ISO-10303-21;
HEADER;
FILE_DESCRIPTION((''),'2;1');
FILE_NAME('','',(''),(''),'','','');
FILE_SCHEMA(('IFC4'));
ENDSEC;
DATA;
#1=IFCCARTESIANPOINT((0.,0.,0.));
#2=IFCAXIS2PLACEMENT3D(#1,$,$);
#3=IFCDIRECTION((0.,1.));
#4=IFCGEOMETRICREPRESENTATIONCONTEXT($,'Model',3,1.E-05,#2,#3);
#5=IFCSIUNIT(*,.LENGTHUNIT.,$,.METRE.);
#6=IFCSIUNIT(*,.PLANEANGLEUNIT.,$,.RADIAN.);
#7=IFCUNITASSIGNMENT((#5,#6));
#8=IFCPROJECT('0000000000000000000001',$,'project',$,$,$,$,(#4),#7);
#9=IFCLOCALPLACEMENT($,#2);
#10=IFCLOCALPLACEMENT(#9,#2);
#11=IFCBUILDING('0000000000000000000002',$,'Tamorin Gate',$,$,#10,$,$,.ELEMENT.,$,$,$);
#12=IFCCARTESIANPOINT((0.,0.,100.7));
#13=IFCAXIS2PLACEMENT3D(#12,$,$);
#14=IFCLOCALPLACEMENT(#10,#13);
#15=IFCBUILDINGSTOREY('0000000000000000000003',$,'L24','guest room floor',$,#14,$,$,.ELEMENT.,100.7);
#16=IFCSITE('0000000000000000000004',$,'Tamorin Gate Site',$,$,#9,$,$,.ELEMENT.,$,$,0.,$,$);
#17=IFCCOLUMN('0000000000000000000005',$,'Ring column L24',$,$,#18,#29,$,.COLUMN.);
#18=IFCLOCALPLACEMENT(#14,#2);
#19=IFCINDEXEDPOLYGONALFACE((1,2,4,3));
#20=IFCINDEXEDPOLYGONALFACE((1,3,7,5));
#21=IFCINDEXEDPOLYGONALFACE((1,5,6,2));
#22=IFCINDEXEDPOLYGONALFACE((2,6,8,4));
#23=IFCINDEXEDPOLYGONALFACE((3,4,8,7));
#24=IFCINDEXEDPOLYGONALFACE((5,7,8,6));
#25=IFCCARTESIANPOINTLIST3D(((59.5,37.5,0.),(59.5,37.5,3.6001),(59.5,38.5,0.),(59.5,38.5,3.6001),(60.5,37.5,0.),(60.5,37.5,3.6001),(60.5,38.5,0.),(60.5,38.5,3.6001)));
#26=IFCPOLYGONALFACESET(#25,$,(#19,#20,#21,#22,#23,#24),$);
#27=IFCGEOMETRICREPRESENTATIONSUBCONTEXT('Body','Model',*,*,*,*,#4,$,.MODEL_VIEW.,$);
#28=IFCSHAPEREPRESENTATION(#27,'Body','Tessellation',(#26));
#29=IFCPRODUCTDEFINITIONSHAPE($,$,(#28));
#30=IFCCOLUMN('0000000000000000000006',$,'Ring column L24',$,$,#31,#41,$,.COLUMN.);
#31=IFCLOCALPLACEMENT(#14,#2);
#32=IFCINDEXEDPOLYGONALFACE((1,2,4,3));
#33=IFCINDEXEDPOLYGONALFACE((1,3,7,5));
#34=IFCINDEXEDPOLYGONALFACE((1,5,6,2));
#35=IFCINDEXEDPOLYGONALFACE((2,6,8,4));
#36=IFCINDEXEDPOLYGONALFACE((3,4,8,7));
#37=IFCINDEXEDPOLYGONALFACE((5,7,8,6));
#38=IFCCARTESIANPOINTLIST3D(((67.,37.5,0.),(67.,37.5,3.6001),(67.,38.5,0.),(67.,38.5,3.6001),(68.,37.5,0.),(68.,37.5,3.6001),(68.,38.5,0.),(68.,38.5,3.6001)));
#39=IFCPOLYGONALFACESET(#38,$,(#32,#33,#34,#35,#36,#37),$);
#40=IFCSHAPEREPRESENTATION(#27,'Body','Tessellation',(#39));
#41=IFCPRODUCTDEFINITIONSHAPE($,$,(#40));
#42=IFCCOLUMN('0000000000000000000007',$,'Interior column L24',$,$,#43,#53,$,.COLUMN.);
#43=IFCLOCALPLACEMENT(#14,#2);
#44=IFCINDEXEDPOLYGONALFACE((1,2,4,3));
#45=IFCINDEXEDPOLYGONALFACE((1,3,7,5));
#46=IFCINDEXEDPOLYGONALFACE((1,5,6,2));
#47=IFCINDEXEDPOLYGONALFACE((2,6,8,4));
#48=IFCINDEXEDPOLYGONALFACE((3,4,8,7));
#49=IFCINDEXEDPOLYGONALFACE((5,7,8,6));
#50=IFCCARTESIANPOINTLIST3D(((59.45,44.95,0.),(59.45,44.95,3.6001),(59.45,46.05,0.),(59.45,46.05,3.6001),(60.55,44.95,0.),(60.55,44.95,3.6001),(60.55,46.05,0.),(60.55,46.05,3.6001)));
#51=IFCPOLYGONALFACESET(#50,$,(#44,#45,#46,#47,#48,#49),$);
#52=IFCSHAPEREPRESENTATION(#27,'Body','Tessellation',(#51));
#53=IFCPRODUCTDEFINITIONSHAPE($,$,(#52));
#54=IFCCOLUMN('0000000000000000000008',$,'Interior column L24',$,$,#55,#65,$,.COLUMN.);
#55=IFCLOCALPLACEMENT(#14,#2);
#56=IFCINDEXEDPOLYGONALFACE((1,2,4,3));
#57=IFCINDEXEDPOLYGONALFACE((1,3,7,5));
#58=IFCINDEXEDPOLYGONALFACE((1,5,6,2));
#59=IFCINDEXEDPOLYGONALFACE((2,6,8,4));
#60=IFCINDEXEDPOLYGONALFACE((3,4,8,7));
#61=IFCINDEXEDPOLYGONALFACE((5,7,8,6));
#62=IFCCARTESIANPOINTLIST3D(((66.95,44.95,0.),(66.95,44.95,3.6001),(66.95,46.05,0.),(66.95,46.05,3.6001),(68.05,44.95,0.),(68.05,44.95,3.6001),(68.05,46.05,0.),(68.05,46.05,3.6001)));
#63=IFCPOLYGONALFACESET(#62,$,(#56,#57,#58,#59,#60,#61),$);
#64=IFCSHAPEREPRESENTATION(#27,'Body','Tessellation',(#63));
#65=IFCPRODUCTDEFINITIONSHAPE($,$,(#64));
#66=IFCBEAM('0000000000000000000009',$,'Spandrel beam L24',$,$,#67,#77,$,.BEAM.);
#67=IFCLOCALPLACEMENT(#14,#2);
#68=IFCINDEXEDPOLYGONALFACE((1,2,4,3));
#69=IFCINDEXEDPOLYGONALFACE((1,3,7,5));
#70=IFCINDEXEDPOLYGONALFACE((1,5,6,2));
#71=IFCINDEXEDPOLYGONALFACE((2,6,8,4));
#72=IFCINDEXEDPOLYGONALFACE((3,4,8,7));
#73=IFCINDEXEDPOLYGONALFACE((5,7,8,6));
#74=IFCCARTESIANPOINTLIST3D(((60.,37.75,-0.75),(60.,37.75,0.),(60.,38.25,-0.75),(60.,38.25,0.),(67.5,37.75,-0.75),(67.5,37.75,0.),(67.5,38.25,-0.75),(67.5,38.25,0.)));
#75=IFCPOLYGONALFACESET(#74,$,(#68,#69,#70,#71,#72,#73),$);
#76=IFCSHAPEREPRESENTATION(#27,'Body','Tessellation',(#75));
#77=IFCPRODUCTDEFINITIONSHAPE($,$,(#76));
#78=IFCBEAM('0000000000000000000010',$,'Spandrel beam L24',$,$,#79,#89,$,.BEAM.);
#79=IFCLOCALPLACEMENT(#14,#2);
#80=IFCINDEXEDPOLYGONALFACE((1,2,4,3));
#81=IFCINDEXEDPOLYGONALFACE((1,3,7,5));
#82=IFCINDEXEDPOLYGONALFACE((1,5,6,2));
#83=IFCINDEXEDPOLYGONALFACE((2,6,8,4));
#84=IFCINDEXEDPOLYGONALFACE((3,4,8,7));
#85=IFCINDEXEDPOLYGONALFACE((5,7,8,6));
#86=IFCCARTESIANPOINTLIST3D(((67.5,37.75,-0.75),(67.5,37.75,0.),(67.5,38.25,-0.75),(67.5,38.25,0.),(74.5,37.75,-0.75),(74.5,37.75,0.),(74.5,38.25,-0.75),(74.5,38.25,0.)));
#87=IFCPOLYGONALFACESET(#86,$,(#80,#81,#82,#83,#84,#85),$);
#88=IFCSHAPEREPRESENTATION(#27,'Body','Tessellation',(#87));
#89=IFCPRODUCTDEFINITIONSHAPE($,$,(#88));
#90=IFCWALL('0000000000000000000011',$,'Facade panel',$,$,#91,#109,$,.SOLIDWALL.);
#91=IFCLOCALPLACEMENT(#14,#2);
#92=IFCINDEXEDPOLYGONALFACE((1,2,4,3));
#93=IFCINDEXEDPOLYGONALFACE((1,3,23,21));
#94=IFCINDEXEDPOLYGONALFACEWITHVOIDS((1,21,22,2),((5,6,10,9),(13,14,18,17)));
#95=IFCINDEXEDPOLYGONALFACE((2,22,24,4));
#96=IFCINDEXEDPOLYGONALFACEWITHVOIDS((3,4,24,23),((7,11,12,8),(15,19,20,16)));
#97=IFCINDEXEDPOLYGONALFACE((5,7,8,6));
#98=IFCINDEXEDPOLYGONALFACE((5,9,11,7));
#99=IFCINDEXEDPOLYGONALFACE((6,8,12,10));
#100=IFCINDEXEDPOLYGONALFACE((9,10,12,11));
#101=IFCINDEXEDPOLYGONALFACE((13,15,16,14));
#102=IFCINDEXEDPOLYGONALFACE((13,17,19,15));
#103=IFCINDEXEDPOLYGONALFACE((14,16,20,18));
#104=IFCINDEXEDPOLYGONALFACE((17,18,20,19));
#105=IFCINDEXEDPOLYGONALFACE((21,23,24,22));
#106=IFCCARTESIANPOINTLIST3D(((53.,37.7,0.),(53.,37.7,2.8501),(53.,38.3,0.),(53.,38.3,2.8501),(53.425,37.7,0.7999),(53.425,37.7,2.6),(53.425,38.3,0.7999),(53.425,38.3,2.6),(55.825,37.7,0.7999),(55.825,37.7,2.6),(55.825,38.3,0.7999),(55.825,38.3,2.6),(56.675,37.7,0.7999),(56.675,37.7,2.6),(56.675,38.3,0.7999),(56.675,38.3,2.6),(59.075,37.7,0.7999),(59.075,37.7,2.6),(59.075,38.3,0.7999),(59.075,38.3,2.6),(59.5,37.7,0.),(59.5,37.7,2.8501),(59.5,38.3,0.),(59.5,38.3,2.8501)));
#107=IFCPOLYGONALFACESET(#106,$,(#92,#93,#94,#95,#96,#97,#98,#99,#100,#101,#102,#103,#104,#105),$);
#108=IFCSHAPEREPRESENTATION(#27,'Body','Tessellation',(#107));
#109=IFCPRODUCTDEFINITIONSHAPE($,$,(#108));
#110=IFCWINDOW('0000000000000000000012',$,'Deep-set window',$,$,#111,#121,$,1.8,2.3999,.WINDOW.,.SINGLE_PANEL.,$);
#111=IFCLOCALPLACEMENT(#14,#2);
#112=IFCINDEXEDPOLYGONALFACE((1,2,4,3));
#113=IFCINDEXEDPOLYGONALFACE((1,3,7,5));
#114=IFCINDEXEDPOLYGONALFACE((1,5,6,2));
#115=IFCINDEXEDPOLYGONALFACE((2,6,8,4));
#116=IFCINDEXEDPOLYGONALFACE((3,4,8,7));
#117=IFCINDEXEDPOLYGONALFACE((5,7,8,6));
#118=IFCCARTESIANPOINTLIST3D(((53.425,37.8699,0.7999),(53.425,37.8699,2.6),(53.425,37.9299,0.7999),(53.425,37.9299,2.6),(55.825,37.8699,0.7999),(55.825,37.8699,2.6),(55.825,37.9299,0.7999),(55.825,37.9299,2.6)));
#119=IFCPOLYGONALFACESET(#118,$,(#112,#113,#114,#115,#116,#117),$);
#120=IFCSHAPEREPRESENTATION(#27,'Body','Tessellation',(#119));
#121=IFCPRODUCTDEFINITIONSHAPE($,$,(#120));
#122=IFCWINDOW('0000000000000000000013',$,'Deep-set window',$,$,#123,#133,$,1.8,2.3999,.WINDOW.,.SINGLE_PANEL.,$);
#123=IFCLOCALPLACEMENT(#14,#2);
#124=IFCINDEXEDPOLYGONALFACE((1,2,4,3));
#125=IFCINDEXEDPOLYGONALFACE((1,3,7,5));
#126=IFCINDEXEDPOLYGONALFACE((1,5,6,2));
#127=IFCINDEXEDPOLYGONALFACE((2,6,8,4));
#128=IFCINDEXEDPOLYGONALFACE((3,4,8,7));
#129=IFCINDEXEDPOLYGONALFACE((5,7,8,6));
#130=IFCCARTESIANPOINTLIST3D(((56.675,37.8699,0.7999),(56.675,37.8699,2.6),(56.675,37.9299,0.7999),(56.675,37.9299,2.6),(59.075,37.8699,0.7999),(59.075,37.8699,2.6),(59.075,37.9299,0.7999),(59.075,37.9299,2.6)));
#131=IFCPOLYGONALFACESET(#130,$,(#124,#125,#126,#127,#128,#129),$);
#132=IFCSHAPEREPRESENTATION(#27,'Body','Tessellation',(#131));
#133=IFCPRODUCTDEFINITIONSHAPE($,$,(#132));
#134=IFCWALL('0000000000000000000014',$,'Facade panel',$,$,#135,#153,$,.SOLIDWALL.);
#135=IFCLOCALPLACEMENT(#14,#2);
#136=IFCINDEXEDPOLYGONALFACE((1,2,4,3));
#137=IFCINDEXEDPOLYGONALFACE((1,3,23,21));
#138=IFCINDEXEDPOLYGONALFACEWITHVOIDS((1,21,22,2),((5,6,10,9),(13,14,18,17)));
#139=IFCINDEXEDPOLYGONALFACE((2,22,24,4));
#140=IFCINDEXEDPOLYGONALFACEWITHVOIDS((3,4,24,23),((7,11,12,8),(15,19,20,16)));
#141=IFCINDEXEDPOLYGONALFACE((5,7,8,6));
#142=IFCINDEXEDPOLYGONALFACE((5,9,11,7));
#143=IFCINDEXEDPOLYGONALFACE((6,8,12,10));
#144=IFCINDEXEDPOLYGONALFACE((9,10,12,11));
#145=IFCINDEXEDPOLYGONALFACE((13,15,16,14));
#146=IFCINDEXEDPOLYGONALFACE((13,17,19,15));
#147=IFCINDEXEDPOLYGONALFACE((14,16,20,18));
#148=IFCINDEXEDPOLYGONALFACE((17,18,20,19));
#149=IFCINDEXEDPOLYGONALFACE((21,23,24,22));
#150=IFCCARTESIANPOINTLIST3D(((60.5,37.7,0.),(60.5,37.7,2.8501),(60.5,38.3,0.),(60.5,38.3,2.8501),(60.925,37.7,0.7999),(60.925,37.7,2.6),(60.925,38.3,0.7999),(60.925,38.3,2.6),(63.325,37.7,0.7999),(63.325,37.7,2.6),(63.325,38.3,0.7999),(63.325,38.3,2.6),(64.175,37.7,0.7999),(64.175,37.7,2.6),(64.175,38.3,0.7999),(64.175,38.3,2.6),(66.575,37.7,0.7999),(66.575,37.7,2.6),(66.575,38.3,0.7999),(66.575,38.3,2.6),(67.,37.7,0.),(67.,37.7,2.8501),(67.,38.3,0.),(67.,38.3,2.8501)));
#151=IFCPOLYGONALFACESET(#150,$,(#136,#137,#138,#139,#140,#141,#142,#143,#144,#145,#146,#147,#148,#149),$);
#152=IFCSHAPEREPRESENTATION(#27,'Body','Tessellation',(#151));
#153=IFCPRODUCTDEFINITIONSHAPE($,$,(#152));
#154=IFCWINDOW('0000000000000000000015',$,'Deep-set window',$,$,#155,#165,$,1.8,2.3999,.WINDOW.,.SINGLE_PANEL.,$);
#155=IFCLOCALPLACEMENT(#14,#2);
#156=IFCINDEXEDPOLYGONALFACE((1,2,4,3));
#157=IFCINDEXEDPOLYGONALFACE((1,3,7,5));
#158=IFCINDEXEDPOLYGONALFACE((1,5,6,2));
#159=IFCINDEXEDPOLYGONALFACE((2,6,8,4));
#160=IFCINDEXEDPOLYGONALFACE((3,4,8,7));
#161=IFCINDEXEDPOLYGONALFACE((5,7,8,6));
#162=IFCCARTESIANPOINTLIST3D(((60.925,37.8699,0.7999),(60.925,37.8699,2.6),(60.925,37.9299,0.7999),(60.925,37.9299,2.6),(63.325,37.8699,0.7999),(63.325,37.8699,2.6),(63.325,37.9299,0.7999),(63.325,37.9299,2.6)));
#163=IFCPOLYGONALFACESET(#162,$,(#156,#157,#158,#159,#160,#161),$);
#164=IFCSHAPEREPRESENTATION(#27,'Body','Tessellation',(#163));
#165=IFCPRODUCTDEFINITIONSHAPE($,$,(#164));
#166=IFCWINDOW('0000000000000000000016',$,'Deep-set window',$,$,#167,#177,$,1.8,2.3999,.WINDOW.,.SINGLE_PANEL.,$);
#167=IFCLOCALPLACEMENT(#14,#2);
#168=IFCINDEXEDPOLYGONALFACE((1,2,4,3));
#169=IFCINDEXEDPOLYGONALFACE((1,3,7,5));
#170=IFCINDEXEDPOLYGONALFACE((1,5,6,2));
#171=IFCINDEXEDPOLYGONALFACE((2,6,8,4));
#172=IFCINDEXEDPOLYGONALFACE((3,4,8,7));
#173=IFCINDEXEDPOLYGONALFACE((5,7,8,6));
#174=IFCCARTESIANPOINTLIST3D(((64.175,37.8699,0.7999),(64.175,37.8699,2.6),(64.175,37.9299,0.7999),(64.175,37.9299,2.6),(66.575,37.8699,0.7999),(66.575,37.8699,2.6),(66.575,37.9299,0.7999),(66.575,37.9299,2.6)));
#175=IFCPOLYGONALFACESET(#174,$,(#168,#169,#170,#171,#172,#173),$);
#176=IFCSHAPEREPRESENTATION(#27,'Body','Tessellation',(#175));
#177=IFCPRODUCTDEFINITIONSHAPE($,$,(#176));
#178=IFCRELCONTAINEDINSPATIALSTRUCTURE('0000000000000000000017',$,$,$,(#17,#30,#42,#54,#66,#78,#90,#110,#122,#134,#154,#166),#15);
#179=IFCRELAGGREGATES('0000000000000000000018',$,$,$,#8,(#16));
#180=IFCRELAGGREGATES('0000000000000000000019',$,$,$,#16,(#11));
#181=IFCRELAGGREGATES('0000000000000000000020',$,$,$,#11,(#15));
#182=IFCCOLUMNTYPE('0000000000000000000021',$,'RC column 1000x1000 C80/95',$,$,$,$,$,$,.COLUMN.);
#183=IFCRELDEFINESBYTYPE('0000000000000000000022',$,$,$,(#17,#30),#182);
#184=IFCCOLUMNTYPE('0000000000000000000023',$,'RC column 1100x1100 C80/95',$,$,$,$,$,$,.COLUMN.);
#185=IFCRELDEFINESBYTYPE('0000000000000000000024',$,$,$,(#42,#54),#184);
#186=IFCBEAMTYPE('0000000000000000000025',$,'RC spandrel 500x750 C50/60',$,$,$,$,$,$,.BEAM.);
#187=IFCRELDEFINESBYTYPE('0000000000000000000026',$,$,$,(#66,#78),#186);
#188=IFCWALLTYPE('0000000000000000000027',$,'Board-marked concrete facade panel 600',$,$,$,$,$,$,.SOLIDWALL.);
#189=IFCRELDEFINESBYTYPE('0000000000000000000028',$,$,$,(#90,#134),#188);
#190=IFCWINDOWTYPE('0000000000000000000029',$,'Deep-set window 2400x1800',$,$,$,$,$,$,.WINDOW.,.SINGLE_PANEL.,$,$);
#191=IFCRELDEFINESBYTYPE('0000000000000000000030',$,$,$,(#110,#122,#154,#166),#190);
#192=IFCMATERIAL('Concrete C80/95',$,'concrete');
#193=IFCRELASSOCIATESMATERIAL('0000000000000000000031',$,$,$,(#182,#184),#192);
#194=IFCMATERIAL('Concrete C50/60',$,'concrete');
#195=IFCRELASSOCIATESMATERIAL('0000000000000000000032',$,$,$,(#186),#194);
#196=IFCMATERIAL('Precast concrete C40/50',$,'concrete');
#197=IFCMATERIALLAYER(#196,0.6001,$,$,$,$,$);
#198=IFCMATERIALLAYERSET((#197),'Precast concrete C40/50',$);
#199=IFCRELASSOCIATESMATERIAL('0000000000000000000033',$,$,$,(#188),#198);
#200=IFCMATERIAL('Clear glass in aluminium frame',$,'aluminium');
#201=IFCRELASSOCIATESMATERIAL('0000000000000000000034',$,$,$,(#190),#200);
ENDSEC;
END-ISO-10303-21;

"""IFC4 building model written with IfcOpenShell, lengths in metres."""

from ifc_helpers import new_model, si_unit, direction, frame, frame_2d, origin, origin_2d, place, context, subcontext, project, spatial, rectangle, extrude, material, layer, layer_set, material_profile, profile_set, type_object, element, fill, save


model = new_model("IFC4")

# Units and contexts
model_context = context("Model", 3, precision=1e-05, world=origin(), true_north=direction((0.0, 1.0)))
body_context = subcontext(model_context, "Body", "Model", "MODEL_VIEW")
ifc_project = project(units=[si_unit("LENGTHUNIT", "METRE"), si_unit("PLANEANGLEUNIT", "RADIAN")], contexts=[model_context])

# Site, building, storey
site_placement = place(None, origin())
site = spatial("IfcSite", under=ifc_project, at=site_placement, Name="Tamorin Gate Site", CompositionType="ELEMENT", RefElevation=0.0)
building_placement = place(site_placement, origin())
building = spatial("IfcBuilding", under=site, at=building_placement, Name="Tamorin Gate", CompositionType="ELEMENT")
storey_placement = place(building_placement, frame((0.0, 0.0, 100.7)))
storey = spatial("IfcBuildingStorey", under=building, at=storey_placement, Name="L24", Description="guest room floor", CompositionType="ELEMENT", Elevation=100.7)

# Columns
ifc_material_1 = material(Name="Concrete C80/95", Category="concrete")
ifc_material_profile_1 = material_profile(ifc_material_1, rectangle(XDim=1.0, YDim=1.0, at=origin_2d()), Name="RC 1000x1000")
ifc_profile_set_1 = profile_set([ifc_material_profile_1], Name="Concrete C80/95")
column_type_1 = type_object("IfcColumnType", Name="RC column 1000x1000 C80/95", PredefinedType="COLUMN", material=ifc_profile_set_1)
for number, where, z_axis, x_axis, name in (
    (1, (60.0, 38.0, 0.0), (0.0, 0.0, 1.0), (1.0, 0.0, 0.0), "Ring column L24"),
    (2, (67.5, 38.0, 0.0), (0.0, 0.0, 1.0), (1.0, 0.0, 0.0), "Ring column L24"),
):
    element("IfcColumn", number, at=place(storey_placement, frame(where, z_axis=z_axis, x_axis=x_axis)), inside=storey, type_object=column_type_1, Name=name, PredefinedType="COLUMN", context=body_context, shape_type="SweptSolid", body=[
        extrude(rectangle(XDim=1.0, YDim=1.0, at=origin_2d()), origin(), (0.0, 0.0, 1.0), 3.6001),
    ])
ifc_material_profile_2 = material_profile(ifc_material_1, rectangle(XDim=1.1001, YDim=1.1001, at=origin_2d()), Name="RC 1100x1100")
ifc_profile_set_2 = profile_set([ifc_material_profile_2], Name="Concrete C80/95")
column_type_2 = type_object("IfcColumnType", Name="RC column 1100x1100 C80/95", PredefinedType="COLUMN", material=ifc_profile_set_2)
for number, where, z_axis, x_axis, name in (
    (3, (60.0, 45.5, 0.0), (0.0, 0.0, 1.0), (1.0, 0.0, 0.0), "Interior column L24"),
    (4, (67.5, 45.5, 0.0), (0.0, 0.0, 1.0), (1.0, 0.0, 0.0), "Interior column L24"),
):
    element("IfcColumn", number, at=place(storey_placement, frame(where, z_axis=z_axis, x_axis=x_axis)), inside=storey, type_object=column_type_2, Name=name, PredefinedType="COLUMN", context=body_context, shape_type="SweptSolid", body=[
        extrude(rectangle(XDim=1.1001, YDim=1.1001, at=origin_2d()), origin(), (0.0, 0.0, 1.0), 3.6001),
    ])

# Beams
ifc_material_2 = material(Name="Concrete C50/60", Category="concrete")
ifc_material_profile_3 = material_profile(ifc_material_2, rectangle(XDim=0.5, YDim=0.75, at=origin_2d()), Name="RC 500x750")
ifc_profile_set_3 = profile_set([ifc_material_profile_3], Name="Concrete C50/60")
beam_type = type_object("IfcBeamType", Name="RC spandrel 500x750 C50/60", PredefinedType="BEAM", material=ifc_profile_set_3)
beam_1_placement = place(storey_placement, frame((60.0, 38.0, -0.375), z_axis=(1.0, 0.0, 0.0), x_axis=(0.0, 1.0, 0.0)))
element("IfcBeam", 5, at=beam_1_placement, inside=storey, type_object=beam_type, Name="Spandrel beam L24", PredefinedType="BEAM", context=body_context, shape_type="SweptSolid", body=[
    extrude(rectangle(XDim=0.5, YDim=0.75, at=origin_2d()), origin(), (0.0, 0.0, 1.0), 7.5),
])
beam_2_placement = place(storey_placement, frame((67.5, 38.0, -0.375), z_axis=(1.0, 0.0, 0.0), x_axis=(0.0, 1.0, 0.0)))
element("IfcBeam", 6, at=beam_2_placement, inside=storey, type_object=beam_type, Name="Spandrel beam L24", PredefinedType="BEAM", context=body_context, shape_type="SweptSolid", body=[
    extrude(rectangle(XDim=0.5, YDim=0.75, at=origin_2d()), origin(), (0.0, 0.0, 1.0), 7.0),
])

# Walls, openings, windows
ifc_material_3 = material(Name="Precast concrete C40/50", Category="concrete")
ifc_layer_1 = layer(ifc_material_3, 0.6001)
ifc_layer_set_1 = layer_set([ifc_layer_1], Name="Precast concrete C40/50")
wall_type_1 = type_object("IfcWallType", Name="Board-marked concrete facade panel 600", PredefinedType="SOLIDWALL", material=ifc_layer_set_1)
wall_1_placement = place(storey_placement, frame((53.0, 38.0, 0.0), z_axis=(0.0, 0.0, 1.0), x_axis=(1.0, 0.0, 0.0)))
wall_1 = element("IfcWall", 7, at=wall_1_placement, inside=storey, type_object=wall_type_1, Name="Facade panel", PredefinedType="SOLIDWALL", context=body_context, shape_type="SweptSolid", body=[
    extrude(rectangle(XDim=6.5, YDim=0.6001, at=frame_2d((3.25, 0.0))), origin(), (0.0, 0.0, 1.0), 2.8501),
])
opening_1_placement = place(wall_1_placement, frame((0.425, 0.0, 0.8)))
opening_1 = element("IfcOpeningElement", 8, at=opening_1_placement, cuts=wall_1, PredefinedType="OPENING", context=body_context, shape_type="SweptSolid", body=[
    extrude(rectangle(XDim=2.3999, YDim=1.8, at=frame_2d((1.2, 0.8999))), frame((0.0, 0.3101, 0.0), z_axis=(0.0, -1.0, 0.0), x_axis=(1.0, 0.0, 0.0)), (0.0, 0.0, 1.0), 0.6201),
])
opening_2_placement = place(wall_1_placement, frame((3.675, 0.0, 0.8)))
opening_2 = element("IfcOpeningElement", 9, at=opening_2_placement, cuts=wall_1, PredefinedType="OPENING", context=body_context, shape_type="SweptSolid", body=[
    extrude(rectangle(XDim=2.3999, YDim=1.8, at=frame_2d((1.2, 0.8999))), frame((0.0, 0.3101, 0.0), z_axis=(0.0, -1.0, 0.0), x_axis=(1.0, 0.0, 0.0)), (0.0, 0.0, 1.0), 0.6201),
])
ifc_material_4 = material(Name="Clear glass in aluminium frame", Category="aluminium")
window_type = type_object("IfcWindowType", Name="Deep-set window 2400x1800", PartitioningType="SINGLE_PANEL", PredefinedType="WINDOW", material=ifc_material_4)
window_1_placement = place(opening_1_placement, origin())
window_1 = element("IfcWindow", 10, at=window_1_placement, inside=storey, type_object=window_type, Name="Deep-set window", OverallHeight=1.8, OverallWidth=2.3999, PartitioningType="SINGLE_PANEL", PredefinedType="WINDOW", context=body_context, shape_type="SweptSolid", body=[
    extrude(rectangle(XDim=2.3999, YDim=1.8, at=frame_2d((1.2, 0.8999))), frame((0.0, -0.0701, 0.0), z_axis=(0.0, -1.0, 0.0), x_axis=(1.0, 0.0, 0.0)), (0.0, 0.0, 1.0), 0.0601),
])
fill(opening_1, window_1)
window_2_placement = place(opening_2_placement, origin())
window_2 = element("IfcWindow", 11, at=window_2_placement, inside=storey, type_object=window_type, Name="Deep-set window", OverallHeight=1.8, OverallWidth=2.3999, PartitioningType="SINGLE_PANEL", PredefinedType="WINDOW", context=body_context, shape_type="SweptSolid", body=[
    extrude(rectangle(XDim=2.3999, YDim=1.8, at=frame_2d((1.2, 0.8999))), frame((0.0, -0.0701, 0.0), z_axis=(0.0, -1.0, 0.0), x_axis=(1.0, 0.0, 0.0)), (0.0, 0.0, 1.0), 0.0601),
])
fill(opening_2, window_2)
wall_2_placement = place(storey_placement, frame((60.5, 38.0, 0.0), z_axis=(0.0, 0.0, 1.0), x_axis=(1.0, 0.0, 0.0)))
wall_2 = element("IfcWall", 12, at=wall_2_placement, inside=storey, type_object=wall_type_1, Name="Facade panel", PredefinedType="SOLIDWALL", context=body_context, shape_type="SweptSolid", body=[
    extrude(rectangle(XDim=6.5, YDim=0.6001, at=frame_2d((3.25, 0.0))), origin(), (0.0, 0.0, 1.0), 2.8501),
])
opening_3_placement = place(wall_2_placement, frame((0.425, 0.0, 0.8)))
opening_3 = element("IfcOpeningElement", 13, at=opening_3_placement, cuts=wall_2, PredefinedType="OPENING", context=body_context, shape_type="SweptSolid", body=[
    extrude(rectangle(XDim=2.3999, YDim=1.8, at=frame_2d((1.2, 0.8999))), frame((0.0, 0.3101, 0.0), z_axis=(0.0, -1.0, 0.0), x_axis=(1.0, 0.0, 0.0)), (0.0, 0.0, 1.0), 0.6201),
])
opening_4_placement = place(wall_2_placement, frame((3.675, 0.0, 0.8)))
opening_4 = element("IfcOpeningElement", 14, at=opening_4_placement, cuts=wall_2, PredefinedType="OPENING", context=body_context, shape_type="SweptSolid", body=[
    extrude(rectangle(XDim=2.3999, YDim=1.8, at=frame_2d((1.2, 0.8999))), frame((0.0, 0.3101, 0.0), z_axis=(0.0, -1.0, 0.0), x_axis=(1.0, 0.0, 0.0)), (0.0, 0.0, 1.0), 0.6201),
])
window_3_placement = place(opening_3_placement, origin())
window_3 = element("IfcWindow", 15, at=window_3_placement, inside=storey, type_object=window_type, Name="Deep-set window", OverallHeight=1.8, OverallWidth=2.3999, PartitioningType="SINGLE_PANEL", PredefinedType="WINDOW", context=body_context, shape_type="SweptSolid", body=[
    extrude(rectangle(XDim=2.3999, YDim=1.8, at=frame_2d((1.2, 0.8999))), frame((0.0, -0.0701, 0.0), z_axis=(0.0, -1.0, 0.0), x_axis=(1.0, 0.0, 0.0)), (0.0, 0.0, 1.0), 0.0601),
])
fill(opening_3, window_3)
window_4_placement = place(opening_4_placement, origin())
window_4 = element("IfcWindow", 16, at=window_4_placement, inside=storey, type_object=window_type, Name="Deep-set window", OverallHeight=1.8, OverallWidth=2.3999, PartitioningType="SINGLE_PANEL", PredefinedType="WINDOW", context=body_context, shape_type="SweptSolid", body=[
    extrude(rectangle(XDim=2.3999, YDim=1.8, at=frame_2d((1.2, 0.8999))), frame((0.0, -0.0701, 0.0), z_axis=(0.0, -1.0, 0.0), x_axis=(1.0, 0.0, 0.0)), (0.0, 0.0, 1.0), 0.0601),
])
fill(opening_4, window_4)

save(model, "model.ifc")
